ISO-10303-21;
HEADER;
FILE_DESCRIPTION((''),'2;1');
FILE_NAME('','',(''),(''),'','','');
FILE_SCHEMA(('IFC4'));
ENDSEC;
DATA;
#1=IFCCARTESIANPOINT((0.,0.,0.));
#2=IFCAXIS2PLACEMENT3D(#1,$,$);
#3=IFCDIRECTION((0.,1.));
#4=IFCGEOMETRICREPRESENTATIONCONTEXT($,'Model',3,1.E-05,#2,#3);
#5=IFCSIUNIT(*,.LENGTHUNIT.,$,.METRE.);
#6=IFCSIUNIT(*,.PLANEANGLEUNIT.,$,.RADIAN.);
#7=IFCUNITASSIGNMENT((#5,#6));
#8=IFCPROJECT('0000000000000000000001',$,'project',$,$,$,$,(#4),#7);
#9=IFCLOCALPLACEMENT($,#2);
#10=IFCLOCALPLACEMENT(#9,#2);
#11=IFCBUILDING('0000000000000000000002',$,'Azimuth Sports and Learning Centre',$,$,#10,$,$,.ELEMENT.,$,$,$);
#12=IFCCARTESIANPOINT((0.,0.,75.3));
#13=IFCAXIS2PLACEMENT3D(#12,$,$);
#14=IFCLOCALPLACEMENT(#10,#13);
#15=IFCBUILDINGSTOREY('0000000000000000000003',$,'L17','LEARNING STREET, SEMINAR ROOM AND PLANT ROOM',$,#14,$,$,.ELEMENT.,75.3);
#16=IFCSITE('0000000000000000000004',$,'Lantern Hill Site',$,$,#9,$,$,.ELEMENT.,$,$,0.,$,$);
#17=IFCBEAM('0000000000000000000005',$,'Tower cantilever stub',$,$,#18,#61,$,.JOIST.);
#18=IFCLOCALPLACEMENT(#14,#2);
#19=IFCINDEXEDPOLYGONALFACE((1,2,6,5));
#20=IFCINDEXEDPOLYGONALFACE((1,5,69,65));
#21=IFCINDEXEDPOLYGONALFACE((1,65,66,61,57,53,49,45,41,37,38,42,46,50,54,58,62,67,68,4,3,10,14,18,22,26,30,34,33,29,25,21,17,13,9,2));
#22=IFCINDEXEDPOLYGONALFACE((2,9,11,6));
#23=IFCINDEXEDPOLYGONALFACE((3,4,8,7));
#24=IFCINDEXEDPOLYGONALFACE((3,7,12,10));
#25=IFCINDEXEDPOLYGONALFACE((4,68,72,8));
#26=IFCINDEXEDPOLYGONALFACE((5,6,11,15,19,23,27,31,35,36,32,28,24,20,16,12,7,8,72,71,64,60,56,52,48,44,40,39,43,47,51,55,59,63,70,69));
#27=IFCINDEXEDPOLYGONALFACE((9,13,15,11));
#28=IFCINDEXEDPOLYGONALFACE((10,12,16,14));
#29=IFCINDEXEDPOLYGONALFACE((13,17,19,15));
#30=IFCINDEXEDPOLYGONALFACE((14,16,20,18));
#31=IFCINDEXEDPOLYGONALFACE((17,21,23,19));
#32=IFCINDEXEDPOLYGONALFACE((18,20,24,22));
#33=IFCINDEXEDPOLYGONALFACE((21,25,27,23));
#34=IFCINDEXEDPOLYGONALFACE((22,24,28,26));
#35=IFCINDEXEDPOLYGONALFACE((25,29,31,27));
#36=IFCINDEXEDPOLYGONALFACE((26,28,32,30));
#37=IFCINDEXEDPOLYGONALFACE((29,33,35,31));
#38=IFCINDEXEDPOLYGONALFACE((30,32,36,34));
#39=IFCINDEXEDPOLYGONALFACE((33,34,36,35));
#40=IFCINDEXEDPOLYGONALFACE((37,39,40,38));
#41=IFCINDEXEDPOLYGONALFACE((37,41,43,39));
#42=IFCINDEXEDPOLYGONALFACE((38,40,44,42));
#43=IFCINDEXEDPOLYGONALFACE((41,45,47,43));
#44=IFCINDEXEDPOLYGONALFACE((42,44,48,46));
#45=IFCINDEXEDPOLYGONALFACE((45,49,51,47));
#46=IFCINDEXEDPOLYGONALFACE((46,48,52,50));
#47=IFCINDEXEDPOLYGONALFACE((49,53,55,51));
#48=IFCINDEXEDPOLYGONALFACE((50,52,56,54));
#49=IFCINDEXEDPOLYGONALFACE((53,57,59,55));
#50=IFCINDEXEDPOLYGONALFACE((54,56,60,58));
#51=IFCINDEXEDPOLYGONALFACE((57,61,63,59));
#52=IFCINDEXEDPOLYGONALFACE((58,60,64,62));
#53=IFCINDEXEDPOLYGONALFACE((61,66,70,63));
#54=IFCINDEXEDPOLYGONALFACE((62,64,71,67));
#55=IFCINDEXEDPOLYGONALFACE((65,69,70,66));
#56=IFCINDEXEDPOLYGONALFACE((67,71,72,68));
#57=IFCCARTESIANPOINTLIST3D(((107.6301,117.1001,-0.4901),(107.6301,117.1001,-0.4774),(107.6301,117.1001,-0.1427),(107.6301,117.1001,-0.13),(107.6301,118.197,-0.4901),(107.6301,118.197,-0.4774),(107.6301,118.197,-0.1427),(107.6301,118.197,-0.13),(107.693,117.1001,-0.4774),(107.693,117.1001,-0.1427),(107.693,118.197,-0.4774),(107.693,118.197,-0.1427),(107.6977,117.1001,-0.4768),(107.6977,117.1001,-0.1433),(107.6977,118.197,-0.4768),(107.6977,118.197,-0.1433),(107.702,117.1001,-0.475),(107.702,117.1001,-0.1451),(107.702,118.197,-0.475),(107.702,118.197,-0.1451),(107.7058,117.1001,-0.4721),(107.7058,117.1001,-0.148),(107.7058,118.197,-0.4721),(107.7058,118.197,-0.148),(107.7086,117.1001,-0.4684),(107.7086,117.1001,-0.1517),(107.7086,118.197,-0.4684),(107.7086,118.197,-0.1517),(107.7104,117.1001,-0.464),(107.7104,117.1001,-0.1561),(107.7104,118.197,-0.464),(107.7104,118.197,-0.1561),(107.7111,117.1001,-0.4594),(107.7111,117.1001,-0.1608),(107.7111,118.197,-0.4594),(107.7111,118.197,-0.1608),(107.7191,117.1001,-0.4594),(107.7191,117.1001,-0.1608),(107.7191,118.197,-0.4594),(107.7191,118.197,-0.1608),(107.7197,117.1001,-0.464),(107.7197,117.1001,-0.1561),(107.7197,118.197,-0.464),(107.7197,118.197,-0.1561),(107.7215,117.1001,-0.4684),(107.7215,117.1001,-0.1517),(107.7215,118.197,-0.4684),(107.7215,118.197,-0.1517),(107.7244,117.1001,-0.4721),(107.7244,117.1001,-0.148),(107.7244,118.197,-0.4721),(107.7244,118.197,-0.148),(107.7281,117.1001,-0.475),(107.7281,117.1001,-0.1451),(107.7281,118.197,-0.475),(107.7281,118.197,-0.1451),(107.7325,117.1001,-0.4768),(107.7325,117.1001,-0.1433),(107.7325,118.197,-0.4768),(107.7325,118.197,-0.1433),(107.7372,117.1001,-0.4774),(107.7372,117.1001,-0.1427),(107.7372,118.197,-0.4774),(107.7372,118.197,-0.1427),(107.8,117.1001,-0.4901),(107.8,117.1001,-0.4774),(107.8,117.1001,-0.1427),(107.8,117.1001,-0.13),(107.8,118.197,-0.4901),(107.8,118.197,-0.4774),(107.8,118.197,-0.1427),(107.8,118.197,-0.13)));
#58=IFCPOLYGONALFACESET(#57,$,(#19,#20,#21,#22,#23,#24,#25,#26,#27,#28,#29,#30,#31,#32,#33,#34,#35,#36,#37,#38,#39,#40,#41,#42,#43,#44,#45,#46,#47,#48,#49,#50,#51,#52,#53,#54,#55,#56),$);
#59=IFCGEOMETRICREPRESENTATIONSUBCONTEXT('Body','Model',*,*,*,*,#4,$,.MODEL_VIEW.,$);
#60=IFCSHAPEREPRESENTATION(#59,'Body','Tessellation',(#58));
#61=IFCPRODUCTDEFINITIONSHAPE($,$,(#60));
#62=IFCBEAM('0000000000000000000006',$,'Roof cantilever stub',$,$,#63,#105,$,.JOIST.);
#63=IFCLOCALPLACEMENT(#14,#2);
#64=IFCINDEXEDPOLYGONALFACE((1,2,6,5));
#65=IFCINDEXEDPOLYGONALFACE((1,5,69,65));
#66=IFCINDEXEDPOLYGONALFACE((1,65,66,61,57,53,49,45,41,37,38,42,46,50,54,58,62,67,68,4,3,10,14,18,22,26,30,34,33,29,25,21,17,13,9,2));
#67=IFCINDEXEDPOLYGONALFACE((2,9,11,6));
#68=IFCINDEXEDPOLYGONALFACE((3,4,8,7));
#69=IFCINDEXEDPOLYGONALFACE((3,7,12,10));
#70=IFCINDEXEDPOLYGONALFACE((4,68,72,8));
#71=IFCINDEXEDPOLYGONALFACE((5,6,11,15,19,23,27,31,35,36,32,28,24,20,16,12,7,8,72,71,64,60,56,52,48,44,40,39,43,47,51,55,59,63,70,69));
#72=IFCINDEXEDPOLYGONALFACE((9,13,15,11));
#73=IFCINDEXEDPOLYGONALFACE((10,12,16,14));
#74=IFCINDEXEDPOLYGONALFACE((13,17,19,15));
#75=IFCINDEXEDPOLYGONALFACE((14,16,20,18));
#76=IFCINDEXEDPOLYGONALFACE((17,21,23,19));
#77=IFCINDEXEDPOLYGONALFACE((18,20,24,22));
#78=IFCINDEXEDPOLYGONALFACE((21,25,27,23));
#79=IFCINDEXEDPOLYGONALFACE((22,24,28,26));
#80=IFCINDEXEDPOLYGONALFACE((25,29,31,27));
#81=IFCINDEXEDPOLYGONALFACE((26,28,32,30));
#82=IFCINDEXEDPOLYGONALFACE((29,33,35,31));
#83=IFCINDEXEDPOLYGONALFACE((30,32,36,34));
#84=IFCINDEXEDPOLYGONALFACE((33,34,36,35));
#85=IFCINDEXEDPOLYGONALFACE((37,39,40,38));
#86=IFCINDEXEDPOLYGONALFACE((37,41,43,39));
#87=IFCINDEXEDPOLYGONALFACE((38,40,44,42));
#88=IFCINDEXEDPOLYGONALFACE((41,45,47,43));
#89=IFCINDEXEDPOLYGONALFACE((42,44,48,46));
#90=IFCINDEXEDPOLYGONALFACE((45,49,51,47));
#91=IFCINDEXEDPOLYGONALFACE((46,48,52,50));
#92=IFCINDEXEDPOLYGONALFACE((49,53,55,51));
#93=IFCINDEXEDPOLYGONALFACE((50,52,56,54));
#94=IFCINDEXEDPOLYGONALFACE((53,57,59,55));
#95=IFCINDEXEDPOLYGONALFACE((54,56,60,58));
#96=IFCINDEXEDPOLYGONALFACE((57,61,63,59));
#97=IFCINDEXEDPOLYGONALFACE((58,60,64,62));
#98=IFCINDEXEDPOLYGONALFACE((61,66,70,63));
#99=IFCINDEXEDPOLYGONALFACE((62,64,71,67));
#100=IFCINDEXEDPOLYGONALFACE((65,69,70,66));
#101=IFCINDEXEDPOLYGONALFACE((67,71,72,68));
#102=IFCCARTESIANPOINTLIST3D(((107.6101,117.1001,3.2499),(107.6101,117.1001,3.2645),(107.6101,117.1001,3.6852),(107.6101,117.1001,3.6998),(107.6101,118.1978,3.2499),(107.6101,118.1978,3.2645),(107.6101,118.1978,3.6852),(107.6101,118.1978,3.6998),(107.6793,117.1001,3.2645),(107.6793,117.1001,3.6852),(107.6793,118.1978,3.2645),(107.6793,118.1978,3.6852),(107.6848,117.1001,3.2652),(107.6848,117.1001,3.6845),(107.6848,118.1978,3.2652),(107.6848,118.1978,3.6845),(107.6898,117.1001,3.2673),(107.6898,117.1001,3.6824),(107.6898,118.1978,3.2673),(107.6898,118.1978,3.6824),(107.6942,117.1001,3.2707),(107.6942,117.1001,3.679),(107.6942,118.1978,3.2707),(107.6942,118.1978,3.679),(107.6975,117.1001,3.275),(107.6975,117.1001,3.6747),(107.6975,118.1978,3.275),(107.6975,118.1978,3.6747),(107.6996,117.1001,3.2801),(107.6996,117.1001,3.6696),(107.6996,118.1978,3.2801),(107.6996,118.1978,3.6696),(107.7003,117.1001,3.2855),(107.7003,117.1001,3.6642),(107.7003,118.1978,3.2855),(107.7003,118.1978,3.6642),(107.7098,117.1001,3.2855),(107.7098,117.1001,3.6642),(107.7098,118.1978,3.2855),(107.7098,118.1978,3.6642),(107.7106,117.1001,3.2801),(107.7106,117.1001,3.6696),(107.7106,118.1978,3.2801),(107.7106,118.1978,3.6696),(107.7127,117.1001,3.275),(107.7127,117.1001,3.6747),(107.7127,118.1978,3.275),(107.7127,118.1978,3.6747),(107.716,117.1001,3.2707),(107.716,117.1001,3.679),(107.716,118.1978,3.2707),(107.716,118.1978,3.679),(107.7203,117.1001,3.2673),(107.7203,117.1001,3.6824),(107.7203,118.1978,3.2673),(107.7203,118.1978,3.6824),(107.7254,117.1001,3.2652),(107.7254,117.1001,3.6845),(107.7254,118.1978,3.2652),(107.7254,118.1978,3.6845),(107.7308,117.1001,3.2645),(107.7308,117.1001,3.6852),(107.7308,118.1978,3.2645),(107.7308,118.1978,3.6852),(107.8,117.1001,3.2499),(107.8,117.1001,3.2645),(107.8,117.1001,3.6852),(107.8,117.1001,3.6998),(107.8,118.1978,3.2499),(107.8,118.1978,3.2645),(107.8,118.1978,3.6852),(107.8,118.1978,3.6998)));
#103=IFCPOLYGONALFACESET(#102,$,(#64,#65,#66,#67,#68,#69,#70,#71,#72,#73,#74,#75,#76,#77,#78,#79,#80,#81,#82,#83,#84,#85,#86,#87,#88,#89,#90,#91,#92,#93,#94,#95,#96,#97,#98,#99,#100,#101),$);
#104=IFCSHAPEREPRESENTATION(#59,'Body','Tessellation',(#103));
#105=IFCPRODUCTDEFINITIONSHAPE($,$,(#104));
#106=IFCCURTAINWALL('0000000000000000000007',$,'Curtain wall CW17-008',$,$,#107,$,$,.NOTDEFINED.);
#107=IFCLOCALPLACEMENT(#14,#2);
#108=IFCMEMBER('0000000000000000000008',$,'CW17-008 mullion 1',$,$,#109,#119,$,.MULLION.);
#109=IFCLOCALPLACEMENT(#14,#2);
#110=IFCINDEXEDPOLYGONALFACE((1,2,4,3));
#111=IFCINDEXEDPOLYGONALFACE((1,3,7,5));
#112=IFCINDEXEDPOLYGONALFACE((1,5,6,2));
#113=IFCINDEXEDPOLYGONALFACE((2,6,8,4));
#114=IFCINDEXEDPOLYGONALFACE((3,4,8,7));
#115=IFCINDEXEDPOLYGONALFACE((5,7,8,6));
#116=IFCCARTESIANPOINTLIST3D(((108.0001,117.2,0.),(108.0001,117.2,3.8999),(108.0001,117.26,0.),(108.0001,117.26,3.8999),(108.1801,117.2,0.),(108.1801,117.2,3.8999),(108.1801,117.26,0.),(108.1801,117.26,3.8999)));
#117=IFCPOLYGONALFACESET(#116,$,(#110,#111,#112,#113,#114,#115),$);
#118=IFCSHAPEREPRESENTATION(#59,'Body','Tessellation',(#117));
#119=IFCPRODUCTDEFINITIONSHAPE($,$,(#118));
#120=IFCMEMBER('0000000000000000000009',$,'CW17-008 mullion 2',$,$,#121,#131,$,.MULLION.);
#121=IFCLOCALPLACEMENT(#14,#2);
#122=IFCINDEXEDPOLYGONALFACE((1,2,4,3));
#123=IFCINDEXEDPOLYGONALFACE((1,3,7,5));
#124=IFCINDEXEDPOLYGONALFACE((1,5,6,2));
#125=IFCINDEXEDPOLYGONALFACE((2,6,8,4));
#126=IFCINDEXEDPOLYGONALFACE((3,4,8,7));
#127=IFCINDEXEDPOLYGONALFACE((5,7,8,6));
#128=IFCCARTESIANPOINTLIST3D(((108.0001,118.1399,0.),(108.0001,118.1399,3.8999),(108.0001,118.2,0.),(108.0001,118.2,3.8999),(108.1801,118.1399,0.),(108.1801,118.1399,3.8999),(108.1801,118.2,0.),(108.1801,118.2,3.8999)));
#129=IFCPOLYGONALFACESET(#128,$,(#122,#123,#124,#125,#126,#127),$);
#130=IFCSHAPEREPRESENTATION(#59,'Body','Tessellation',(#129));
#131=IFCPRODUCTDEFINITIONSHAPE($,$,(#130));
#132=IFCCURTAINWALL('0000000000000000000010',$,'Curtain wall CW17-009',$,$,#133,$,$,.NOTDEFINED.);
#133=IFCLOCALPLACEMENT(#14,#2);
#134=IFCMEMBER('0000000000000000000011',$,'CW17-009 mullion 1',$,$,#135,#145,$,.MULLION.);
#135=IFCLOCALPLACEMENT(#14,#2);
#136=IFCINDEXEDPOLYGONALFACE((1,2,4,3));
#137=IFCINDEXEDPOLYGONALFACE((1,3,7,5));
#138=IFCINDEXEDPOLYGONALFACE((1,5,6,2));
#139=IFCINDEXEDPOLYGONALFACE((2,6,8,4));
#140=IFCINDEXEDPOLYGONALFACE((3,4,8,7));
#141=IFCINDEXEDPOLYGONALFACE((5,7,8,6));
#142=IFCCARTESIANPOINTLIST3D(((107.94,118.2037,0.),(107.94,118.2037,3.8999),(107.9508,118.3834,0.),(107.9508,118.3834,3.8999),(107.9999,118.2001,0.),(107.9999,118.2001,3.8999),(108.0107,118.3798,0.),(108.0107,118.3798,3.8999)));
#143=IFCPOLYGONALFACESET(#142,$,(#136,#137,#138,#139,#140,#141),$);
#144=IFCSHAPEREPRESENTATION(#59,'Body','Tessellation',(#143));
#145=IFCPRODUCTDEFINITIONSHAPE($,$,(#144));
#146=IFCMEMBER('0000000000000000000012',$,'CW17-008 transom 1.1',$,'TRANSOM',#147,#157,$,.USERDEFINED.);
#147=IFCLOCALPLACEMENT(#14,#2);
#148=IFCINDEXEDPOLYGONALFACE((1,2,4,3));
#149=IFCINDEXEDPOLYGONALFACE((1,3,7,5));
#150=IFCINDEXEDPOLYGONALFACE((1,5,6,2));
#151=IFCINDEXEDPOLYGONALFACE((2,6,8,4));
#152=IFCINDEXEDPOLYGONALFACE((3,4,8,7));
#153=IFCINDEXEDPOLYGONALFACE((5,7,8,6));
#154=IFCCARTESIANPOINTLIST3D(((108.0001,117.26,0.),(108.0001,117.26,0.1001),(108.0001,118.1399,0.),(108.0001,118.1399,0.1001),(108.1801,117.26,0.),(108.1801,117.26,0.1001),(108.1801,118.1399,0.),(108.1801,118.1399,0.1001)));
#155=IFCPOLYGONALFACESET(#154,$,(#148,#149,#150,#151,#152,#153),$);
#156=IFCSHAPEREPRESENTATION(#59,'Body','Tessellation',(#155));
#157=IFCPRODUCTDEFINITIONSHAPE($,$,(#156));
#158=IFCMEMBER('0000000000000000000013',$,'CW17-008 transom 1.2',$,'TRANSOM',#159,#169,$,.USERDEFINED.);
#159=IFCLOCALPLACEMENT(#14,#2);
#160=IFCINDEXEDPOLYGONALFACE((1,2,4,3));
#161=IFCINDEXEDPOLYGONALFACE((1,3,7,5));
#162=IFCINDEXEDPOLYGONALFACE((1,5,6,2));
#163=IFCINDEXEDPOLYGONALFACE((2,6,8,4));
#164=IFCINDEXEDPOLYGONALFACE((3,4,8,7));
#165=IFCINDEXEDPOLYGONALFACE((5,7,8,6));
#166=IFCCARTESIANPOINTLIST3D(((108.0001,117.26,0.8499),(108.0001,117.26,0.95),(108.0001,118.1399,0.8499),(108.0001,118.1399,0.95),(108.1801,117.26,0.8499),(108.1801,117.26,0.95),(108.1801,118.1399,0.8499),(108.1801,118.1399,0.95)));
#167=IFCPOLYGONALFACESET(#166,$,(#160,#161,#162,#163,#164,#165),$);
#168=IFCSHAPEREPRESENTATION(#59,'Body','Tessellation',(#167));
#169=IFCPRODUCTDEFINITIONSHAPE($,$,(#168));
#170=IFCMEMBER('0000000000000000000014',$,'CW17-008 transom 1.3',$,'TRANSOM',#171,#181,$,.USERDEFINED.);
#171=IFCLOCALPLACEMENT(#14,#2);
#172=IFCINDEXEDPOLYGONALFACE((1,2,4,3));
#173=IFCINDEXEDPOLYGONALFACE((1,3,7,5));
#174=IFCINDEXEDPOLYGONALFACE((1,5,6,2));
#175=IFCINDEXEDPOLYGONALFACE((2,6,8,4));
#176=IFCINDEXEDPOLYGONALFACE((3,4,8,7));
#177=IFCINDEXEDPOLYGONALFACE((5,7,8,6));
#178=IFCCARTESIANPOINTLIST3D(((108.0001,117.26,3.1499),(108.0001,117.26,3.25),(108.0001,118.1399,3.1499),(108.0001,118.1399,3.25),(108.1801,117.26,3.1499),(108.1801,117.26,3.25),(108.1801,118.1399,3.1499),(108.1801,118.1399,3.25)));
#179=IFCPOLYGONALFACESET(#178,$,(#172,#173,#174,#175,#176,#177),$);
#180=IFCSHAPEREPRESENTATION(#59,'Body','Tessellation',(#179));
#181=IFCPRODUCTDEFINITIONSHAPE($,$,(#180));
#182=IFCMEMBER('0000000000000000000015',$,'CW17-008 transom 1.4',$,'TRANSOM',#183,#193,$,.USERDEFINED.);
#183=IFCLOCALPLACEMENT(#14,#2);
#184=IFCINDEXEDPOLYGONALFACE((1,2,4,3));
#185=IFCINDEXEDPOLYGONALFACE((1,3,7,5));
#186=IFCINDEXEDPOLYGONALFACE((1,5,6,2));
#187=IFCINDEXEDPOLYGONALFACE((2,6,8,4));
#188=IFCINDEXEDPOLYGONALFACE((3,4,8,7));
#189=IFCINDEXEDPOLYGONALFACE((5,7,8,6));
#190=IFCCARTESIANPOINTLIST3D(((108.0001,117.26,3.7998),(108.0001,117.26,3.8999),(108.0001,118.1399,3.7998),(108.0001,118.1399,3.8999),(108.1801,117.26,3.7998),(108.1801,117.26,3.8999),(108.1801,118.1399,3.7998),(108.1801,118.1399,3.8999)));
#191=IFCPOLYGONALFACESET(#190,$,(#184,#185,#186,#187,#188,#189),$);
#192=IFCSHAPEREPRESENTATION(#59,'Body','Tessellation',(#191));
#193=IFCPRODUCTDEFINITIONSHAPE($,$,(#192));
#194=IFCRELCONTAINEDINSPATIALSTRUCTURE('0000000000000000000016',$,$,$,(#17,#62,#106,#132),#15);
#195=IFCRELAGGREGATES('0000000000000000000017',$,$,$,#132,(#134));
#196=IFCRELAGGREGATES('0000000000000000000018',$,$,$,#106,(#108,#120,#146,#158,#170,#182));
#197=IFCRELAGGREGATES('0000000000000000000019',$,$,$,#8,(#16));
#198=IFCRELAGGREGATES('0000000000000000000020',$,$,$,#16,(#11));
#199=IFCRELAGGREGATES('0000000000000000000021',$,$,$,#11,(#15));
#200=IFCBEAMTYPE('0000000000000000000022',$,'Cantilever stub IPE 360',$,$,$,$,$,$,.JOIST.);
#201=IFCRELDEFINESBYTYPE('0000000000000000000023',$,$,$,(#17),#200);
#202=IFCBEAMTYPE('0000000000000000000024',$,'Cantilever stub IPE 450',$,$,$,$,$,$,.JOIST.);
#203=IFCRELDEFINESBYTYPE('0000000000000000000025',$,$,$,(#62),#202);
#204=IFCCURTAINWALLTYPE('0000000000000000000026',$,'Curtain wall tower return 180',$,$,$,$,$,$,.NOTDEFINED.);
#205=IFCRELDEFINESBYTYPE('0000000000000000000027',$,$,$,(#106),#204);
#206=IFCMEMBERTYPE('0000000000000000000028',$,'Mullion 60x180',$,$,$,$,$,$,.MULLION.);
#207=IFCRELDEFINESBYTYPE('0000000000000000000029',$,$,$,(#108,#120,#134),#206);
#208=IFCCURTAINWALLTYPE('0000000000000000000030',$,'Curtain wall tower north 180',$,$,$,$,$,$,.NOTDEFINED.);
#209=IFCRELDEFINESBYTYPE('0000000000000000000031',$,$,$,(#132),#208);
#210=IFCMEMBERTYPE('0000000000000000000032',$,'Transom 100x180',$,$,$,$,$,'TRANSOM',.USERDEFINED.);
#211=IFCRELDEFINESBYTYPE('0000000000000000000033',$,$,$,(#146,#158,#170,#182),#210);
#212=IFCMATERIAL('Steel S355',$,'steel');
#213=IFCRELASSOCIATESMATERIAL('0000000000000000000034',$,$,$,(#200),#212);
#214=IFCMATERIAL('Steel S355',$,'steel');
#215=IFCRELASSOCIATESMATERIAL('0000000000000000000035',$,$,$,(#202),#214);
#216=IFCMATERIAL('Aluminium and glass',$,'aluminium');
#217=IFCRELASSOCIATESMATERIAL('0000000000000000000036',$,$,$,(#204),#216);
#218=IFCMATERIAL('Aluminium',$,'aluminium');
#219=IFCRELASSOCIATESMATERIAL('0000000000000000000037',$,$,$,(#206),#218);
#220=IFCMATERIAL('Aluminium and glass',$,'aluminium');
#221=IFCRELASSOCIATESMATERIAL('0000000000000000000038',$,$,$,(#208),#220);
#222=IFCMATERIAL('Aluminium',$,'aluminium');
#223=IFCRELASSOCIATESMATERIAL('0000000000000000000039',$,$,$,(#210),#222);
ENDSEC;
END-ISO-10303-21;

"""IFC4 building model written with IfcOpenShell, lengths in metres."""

from ifc_helpers import new_model, si_unit, direction, frame, origin, origin_2d, place, context, subcontext, project, spatial, rectangle, i_section, extrude, material, material_profile, profile_set, type_object, element, aggregate, save


model = new_model("IFC4")

# Units and contexts
model_context = context("Model", 3, precision=1e-05, world=origin(), true_north=direction((0.0, 1.0)))
body_context = subcontext(model_context, "Body", "Model", "MODEL_VIEW")
ifc_project = project(units=[si_unit("LENGTHUNIT", "METRE"), si_unit("PLANEANGLEUNIT", "RADIAN")], contexts=[model_context])

# Site, building, storey
site_placement = place(None, origin())
site = spatial("IfcSite", under=ifc_project, at=site_placement, Name="Lantern Hill Site", CompositionType="ELEMENT", RefElevation=0.0)
building_placement = place(site_placement, origin())
building = spatial("IfcBuilding", under=site, at=building_placement, Name="Azimuth Sports and Learning Centre", CompositionType="ELEMENT")
storey_placement = place(building_placement, frame((0.0, 0.0, 75.3)))
storey = spatial("IfcBuildingStorey", under=building, at=storey_placement, Name="L17", Description="LEARNING STREET, SEMINAR ROOM AND PLANT ROOM", CompositionType="ELEMENT", Elevation=75.3)

# Beams
ifc_material_1 = material(Name="Steel S355", Category="steel")
ifc_material_profile_1 = material_profile(ifc_material_1, i_section(OverallWidth=0.1699, OverallDepth=0.3601, WebThickness=0.0081, FlangeThickness=0.0127, FilletRadius=0.0181, at=origin_2d()), Name="IPE 360")
ifc_profile_set_1 = profile_set([ifc_material_profile_1], Name="Steel S355")
beam_type_1 = type_object("IfcBeamType", Name="Cantilever stub IPE 360", PredefinedType="JOIST", material=ifc_profile_set_1)
beam_1_placement = place(storey_placement, frame((107.7151, 117.1001, -0.3101), z_axis=(0.0, 1.0, 0.0), x_axis=(-1.0, 0.0, 0.0)))
element("IfcBeam", 1, at=beam_1_placement, inside=storey, type_object=beam_type_1, Name="Tower cantilever stub", PredefinedType="JOIST", context=body_context, shape_type="SweptSolid", body=[
    extrude(i_section(OverallWidth=0.1699, OverallDepth=0.3601, WebThickness=0.0081, FlangeThickness=0.0127, FilletRadius=0.0181, at=origin_2d()), origin(), (0.0, 0.0, 1.0), 1.0969),
])
ifc_material_2 = material(Name="Steel S355", Category="steel")
ifc_material_profile_2 = material_profile(ifc_material_2, i_section(OverallWidth=0.1899, OverallDepth=0.45, WebThickness=0.0095, FlangeThickness=0.0146, FilletRadius=0.021, at=origin_2d()), Name="IPE 450")
ifc_profile_set_2 = profile_set([ifc_material_profile_2], Name="Steel S355")
beam_type_2 = type_object("IfcBeamType", Name="Cantilever stub IPE 450", PredefinedType="JOIST", material=ifc_profile_set_2)
beam_2_placement = place(storey_placement, frame((107.7051, 117.1001, 3.4749), z_axis=(0.0, 1.0, 0.0), x_axis=(-1.0, 0.0, 0.0)))
element("IfcBeam", 2, at=beam_2_placement, inside=storey, type_object=beam_type_2, Name="Roof cantilever stub", PredefinedType="JOIST", context=body_context, shape_type="SweptSolid", body=[
    extrude(i_section(OverallWidth=0.1899, OverallDepth=0.45, WebThickness=0.0095, FlangeThickness=0.0146, FilletRadius=0.021, at=origin_2d()), origin(), (0.0, 0.0, 1.0), 1.0977),
])

# Curtain wall, members
ifc_material_3 = material(Name="Aluminium and glass", Category="aluminium")
curtain_wall_type_1 = type_object("IfcCurtainWallType", Name="Curtain wall tower return 180", PredefinedType="NOTDEFINED", material=ifc_material_3)
curtain_wall_1_placement = place(storey_placement, origin())
curtain_wall_1 = element("IfcCurtainWall", 3, at=curtain_wall_1_placement, inside=storey, type_object=curtain_wall_type_1, Name="Curtain wall CW17-008", PredefinedType="NOTDEFINED")
ifc_material_4 = material(Name="Aluminium", Category="aluminium")
ifc_material_profile_3 = material_profile(ifc_material_4, rectangle(XDim=0.1799, YDim=0.0601, at=origin_2d()), Name="Mullion 60x180")
ifc_profile_set_3 = profile_set([ifc_material_profile_3], Name="Aluminium")
member_type_1 = type_object("IfcMemberType", Name="Mullion 60x180", PredefinedType="MULLION", material=ifc_profile_set_3)
member_1_placement = place(storey_placement, frame((108.0901, 117.23, 0.0), z_axis=(0.0, 0.0, 1.0), x_axis=(-1.0, 0.0, 0.0)))
member_1 = element("IfcMember", 4, at=member_1_placement, type_object=member_type_1, Name="CW17-008 mullion 1", PredefinedType="MULLION", context=body_context, shape_type="SweptSolid", body=[
    extrude(rectangle(XDim=0.1799, YDim=0.0601, at=origin_2d()), origin(), (0.0, 0.0, 1.0), 3.8999),
])
member_2_placement = place(storey_placement, frame((108.0901, 118.1699, 0.0), z_axis=(0.0, 0.0, 1.0), x_axis=(-1.0, 0.0, 0.0)))
member_2 = element("IfcMember", 5, at=member_2_placement, type_object=member_type_1, Name="CW17-008 mullion 2", PredefinedType="MULLION", context=body_context, shape_type="SweptSolid", body=[
    extrude(rectangle(XDim=0.1799, YDim=0.0601, at=origin_2d()), origin(), (0.0, 0.0, 1.0), 3.8999),
])

# Curtain wall, member
ifc_material_5 = material(Name="Aluminium and glass", Category="aluminium")
curtain_wall_type_2 = type_object("IfcCurtainWallType", Name="Curtain wall tower north 180", PredefinedType="NOTDEFINED", material=ifc_material_5)
curtain_wall_2_placement = place(storey_placement, origin())
curtain_wall_2 = element("IfcCurtainWall", 6, at=curtain_wall_2_placement, inside=storey, type_object=curtain_wall_type_2, Name="Curtain wall CW17-009", PredefinedType="NOTDEFINED")
member_3_placement = place(storey_placement, frame((107.9753, 118.2917, 0.0), z_axis=(0.0, 0.0, 1.0), x_axis=(-0.059892, -0.998205, 0.0)))
member_3 = element("IfcMember", 7, at=member_3_placement, type_object=member_type_1, Name="CW17-009 mullion 1", PredefinedType="MULLION", context=body_context, shape_type="SweptSolid", body=[
    extrude(rectangle(XDim=0.1799, YDim=0.0601, at=origin_2d()), origin(), (0.0, 0.0, 1.0), 3.8999),
])

# Members
ifc_material_6 = material(Name="Aluminium", Category="aluminium")
ifc_material_profile_4 = material_profile(ifc_material_6, rectangle(XDim=0.1799, YDim=0.1001, at=origin_2d()), Name="Transom 100x180")
ifc_profile_set_4 = profile_set([ifc_material_profile_4], Name="Aluminium")
member_type_2 = type_object("IfcMemberType", Name="Transom 100x180", ElementType="TRANSOM", PredefinedType="USERDEFINED", material=ifc_profile_set_4)
member_4_placement = place(storey_placement, frame((108.0901, 117.26, 0.05), z_axis=(0.0, 1.0, 0.0), x_axis=(-1.0, 0.0, 0.0)))
member_4 = element("IfcMember", 8, at=member_4_placement, type_object=member_type_2, Name="CW17-008 transom 1.1", ObjectType="TRANSOM", PredefinedType="USERDEFINED", context=body_context, shape_type="SweptSolid", body=[
    extrude(rectangle(XDim=0.1799, YDim=0.1001, at=origin_2d()), origin(), (0.0, 0.0, 1.0), 0.8799),
])
member_5_placement = place(storey_placement, frame((108.0901, 117.26, 0.8999), z_axis=(0.0, 1.0, 0.0), x_axis=(-1.0, 0.0, 0.0)))
member_5 = element("IfcMember", 9, at=member_5_placement, type_object=member_type_2, Name="CW17-008 transom 1.2", ObjectType="TRANSOM", PredefinedType="USERDEFINED", context=body_context, shape_type="SweptSolid", body=[
    extrude(rectangle(XDim=0.1799, YDim=0.1001, at=origin_2d()), origin(), (0.0, 0.0, 1.0), 0.8799),
])
member_6_placement = place(storey_placement, frame((108.0901, 117.26, 3.2), z_axis=(0.0, 1.0, 0.0), x_axis=(-1.0, 0.0, 0.0)))
member_6 = element("IfcMember", 10, at=member_6_placement, type_object=member_type_2, Name="CW17-008 transom 1.3", ObjectType="TRANSOM", PredefinedType="USERDEFINED", context=body_context, shape_type="SweptSolid", body=[
    extrude(rectangle(XDim=0.1799, YDim=0.1001, at=origin_2d()), origin(), (0.0, 0.0, 1.0), 0.8799),
])
member_7_placement = place(storey_placement, frame((108.0901, 117.26, 3.8499), z_axis=(0.0, 1.0, 0.0), x_axis=(-1.0, 0.0, 0.0)))
member_7 = element("IfcMember", 11, at=member_7_placement, type_object=member_type_2, Name="CW17-008 transom 1.4", ObjectType="TRANSOM", PredefinedType="USERDEFINED", context=body_context, shape_type="SweptSolid", body=[
    extrude(rectangle(XDim=0.1799, YDim=0.1001, at=origin_2d()), origin(), (0.0, 0.0, 1.0), 0.8799),
])
aggregate(curtain_wall_2, [member_3])

aggregate(curtain_wall_1, [member_1, member_2, member_4, member_5, member_6, member_7])

save(model, "model.ifc")
